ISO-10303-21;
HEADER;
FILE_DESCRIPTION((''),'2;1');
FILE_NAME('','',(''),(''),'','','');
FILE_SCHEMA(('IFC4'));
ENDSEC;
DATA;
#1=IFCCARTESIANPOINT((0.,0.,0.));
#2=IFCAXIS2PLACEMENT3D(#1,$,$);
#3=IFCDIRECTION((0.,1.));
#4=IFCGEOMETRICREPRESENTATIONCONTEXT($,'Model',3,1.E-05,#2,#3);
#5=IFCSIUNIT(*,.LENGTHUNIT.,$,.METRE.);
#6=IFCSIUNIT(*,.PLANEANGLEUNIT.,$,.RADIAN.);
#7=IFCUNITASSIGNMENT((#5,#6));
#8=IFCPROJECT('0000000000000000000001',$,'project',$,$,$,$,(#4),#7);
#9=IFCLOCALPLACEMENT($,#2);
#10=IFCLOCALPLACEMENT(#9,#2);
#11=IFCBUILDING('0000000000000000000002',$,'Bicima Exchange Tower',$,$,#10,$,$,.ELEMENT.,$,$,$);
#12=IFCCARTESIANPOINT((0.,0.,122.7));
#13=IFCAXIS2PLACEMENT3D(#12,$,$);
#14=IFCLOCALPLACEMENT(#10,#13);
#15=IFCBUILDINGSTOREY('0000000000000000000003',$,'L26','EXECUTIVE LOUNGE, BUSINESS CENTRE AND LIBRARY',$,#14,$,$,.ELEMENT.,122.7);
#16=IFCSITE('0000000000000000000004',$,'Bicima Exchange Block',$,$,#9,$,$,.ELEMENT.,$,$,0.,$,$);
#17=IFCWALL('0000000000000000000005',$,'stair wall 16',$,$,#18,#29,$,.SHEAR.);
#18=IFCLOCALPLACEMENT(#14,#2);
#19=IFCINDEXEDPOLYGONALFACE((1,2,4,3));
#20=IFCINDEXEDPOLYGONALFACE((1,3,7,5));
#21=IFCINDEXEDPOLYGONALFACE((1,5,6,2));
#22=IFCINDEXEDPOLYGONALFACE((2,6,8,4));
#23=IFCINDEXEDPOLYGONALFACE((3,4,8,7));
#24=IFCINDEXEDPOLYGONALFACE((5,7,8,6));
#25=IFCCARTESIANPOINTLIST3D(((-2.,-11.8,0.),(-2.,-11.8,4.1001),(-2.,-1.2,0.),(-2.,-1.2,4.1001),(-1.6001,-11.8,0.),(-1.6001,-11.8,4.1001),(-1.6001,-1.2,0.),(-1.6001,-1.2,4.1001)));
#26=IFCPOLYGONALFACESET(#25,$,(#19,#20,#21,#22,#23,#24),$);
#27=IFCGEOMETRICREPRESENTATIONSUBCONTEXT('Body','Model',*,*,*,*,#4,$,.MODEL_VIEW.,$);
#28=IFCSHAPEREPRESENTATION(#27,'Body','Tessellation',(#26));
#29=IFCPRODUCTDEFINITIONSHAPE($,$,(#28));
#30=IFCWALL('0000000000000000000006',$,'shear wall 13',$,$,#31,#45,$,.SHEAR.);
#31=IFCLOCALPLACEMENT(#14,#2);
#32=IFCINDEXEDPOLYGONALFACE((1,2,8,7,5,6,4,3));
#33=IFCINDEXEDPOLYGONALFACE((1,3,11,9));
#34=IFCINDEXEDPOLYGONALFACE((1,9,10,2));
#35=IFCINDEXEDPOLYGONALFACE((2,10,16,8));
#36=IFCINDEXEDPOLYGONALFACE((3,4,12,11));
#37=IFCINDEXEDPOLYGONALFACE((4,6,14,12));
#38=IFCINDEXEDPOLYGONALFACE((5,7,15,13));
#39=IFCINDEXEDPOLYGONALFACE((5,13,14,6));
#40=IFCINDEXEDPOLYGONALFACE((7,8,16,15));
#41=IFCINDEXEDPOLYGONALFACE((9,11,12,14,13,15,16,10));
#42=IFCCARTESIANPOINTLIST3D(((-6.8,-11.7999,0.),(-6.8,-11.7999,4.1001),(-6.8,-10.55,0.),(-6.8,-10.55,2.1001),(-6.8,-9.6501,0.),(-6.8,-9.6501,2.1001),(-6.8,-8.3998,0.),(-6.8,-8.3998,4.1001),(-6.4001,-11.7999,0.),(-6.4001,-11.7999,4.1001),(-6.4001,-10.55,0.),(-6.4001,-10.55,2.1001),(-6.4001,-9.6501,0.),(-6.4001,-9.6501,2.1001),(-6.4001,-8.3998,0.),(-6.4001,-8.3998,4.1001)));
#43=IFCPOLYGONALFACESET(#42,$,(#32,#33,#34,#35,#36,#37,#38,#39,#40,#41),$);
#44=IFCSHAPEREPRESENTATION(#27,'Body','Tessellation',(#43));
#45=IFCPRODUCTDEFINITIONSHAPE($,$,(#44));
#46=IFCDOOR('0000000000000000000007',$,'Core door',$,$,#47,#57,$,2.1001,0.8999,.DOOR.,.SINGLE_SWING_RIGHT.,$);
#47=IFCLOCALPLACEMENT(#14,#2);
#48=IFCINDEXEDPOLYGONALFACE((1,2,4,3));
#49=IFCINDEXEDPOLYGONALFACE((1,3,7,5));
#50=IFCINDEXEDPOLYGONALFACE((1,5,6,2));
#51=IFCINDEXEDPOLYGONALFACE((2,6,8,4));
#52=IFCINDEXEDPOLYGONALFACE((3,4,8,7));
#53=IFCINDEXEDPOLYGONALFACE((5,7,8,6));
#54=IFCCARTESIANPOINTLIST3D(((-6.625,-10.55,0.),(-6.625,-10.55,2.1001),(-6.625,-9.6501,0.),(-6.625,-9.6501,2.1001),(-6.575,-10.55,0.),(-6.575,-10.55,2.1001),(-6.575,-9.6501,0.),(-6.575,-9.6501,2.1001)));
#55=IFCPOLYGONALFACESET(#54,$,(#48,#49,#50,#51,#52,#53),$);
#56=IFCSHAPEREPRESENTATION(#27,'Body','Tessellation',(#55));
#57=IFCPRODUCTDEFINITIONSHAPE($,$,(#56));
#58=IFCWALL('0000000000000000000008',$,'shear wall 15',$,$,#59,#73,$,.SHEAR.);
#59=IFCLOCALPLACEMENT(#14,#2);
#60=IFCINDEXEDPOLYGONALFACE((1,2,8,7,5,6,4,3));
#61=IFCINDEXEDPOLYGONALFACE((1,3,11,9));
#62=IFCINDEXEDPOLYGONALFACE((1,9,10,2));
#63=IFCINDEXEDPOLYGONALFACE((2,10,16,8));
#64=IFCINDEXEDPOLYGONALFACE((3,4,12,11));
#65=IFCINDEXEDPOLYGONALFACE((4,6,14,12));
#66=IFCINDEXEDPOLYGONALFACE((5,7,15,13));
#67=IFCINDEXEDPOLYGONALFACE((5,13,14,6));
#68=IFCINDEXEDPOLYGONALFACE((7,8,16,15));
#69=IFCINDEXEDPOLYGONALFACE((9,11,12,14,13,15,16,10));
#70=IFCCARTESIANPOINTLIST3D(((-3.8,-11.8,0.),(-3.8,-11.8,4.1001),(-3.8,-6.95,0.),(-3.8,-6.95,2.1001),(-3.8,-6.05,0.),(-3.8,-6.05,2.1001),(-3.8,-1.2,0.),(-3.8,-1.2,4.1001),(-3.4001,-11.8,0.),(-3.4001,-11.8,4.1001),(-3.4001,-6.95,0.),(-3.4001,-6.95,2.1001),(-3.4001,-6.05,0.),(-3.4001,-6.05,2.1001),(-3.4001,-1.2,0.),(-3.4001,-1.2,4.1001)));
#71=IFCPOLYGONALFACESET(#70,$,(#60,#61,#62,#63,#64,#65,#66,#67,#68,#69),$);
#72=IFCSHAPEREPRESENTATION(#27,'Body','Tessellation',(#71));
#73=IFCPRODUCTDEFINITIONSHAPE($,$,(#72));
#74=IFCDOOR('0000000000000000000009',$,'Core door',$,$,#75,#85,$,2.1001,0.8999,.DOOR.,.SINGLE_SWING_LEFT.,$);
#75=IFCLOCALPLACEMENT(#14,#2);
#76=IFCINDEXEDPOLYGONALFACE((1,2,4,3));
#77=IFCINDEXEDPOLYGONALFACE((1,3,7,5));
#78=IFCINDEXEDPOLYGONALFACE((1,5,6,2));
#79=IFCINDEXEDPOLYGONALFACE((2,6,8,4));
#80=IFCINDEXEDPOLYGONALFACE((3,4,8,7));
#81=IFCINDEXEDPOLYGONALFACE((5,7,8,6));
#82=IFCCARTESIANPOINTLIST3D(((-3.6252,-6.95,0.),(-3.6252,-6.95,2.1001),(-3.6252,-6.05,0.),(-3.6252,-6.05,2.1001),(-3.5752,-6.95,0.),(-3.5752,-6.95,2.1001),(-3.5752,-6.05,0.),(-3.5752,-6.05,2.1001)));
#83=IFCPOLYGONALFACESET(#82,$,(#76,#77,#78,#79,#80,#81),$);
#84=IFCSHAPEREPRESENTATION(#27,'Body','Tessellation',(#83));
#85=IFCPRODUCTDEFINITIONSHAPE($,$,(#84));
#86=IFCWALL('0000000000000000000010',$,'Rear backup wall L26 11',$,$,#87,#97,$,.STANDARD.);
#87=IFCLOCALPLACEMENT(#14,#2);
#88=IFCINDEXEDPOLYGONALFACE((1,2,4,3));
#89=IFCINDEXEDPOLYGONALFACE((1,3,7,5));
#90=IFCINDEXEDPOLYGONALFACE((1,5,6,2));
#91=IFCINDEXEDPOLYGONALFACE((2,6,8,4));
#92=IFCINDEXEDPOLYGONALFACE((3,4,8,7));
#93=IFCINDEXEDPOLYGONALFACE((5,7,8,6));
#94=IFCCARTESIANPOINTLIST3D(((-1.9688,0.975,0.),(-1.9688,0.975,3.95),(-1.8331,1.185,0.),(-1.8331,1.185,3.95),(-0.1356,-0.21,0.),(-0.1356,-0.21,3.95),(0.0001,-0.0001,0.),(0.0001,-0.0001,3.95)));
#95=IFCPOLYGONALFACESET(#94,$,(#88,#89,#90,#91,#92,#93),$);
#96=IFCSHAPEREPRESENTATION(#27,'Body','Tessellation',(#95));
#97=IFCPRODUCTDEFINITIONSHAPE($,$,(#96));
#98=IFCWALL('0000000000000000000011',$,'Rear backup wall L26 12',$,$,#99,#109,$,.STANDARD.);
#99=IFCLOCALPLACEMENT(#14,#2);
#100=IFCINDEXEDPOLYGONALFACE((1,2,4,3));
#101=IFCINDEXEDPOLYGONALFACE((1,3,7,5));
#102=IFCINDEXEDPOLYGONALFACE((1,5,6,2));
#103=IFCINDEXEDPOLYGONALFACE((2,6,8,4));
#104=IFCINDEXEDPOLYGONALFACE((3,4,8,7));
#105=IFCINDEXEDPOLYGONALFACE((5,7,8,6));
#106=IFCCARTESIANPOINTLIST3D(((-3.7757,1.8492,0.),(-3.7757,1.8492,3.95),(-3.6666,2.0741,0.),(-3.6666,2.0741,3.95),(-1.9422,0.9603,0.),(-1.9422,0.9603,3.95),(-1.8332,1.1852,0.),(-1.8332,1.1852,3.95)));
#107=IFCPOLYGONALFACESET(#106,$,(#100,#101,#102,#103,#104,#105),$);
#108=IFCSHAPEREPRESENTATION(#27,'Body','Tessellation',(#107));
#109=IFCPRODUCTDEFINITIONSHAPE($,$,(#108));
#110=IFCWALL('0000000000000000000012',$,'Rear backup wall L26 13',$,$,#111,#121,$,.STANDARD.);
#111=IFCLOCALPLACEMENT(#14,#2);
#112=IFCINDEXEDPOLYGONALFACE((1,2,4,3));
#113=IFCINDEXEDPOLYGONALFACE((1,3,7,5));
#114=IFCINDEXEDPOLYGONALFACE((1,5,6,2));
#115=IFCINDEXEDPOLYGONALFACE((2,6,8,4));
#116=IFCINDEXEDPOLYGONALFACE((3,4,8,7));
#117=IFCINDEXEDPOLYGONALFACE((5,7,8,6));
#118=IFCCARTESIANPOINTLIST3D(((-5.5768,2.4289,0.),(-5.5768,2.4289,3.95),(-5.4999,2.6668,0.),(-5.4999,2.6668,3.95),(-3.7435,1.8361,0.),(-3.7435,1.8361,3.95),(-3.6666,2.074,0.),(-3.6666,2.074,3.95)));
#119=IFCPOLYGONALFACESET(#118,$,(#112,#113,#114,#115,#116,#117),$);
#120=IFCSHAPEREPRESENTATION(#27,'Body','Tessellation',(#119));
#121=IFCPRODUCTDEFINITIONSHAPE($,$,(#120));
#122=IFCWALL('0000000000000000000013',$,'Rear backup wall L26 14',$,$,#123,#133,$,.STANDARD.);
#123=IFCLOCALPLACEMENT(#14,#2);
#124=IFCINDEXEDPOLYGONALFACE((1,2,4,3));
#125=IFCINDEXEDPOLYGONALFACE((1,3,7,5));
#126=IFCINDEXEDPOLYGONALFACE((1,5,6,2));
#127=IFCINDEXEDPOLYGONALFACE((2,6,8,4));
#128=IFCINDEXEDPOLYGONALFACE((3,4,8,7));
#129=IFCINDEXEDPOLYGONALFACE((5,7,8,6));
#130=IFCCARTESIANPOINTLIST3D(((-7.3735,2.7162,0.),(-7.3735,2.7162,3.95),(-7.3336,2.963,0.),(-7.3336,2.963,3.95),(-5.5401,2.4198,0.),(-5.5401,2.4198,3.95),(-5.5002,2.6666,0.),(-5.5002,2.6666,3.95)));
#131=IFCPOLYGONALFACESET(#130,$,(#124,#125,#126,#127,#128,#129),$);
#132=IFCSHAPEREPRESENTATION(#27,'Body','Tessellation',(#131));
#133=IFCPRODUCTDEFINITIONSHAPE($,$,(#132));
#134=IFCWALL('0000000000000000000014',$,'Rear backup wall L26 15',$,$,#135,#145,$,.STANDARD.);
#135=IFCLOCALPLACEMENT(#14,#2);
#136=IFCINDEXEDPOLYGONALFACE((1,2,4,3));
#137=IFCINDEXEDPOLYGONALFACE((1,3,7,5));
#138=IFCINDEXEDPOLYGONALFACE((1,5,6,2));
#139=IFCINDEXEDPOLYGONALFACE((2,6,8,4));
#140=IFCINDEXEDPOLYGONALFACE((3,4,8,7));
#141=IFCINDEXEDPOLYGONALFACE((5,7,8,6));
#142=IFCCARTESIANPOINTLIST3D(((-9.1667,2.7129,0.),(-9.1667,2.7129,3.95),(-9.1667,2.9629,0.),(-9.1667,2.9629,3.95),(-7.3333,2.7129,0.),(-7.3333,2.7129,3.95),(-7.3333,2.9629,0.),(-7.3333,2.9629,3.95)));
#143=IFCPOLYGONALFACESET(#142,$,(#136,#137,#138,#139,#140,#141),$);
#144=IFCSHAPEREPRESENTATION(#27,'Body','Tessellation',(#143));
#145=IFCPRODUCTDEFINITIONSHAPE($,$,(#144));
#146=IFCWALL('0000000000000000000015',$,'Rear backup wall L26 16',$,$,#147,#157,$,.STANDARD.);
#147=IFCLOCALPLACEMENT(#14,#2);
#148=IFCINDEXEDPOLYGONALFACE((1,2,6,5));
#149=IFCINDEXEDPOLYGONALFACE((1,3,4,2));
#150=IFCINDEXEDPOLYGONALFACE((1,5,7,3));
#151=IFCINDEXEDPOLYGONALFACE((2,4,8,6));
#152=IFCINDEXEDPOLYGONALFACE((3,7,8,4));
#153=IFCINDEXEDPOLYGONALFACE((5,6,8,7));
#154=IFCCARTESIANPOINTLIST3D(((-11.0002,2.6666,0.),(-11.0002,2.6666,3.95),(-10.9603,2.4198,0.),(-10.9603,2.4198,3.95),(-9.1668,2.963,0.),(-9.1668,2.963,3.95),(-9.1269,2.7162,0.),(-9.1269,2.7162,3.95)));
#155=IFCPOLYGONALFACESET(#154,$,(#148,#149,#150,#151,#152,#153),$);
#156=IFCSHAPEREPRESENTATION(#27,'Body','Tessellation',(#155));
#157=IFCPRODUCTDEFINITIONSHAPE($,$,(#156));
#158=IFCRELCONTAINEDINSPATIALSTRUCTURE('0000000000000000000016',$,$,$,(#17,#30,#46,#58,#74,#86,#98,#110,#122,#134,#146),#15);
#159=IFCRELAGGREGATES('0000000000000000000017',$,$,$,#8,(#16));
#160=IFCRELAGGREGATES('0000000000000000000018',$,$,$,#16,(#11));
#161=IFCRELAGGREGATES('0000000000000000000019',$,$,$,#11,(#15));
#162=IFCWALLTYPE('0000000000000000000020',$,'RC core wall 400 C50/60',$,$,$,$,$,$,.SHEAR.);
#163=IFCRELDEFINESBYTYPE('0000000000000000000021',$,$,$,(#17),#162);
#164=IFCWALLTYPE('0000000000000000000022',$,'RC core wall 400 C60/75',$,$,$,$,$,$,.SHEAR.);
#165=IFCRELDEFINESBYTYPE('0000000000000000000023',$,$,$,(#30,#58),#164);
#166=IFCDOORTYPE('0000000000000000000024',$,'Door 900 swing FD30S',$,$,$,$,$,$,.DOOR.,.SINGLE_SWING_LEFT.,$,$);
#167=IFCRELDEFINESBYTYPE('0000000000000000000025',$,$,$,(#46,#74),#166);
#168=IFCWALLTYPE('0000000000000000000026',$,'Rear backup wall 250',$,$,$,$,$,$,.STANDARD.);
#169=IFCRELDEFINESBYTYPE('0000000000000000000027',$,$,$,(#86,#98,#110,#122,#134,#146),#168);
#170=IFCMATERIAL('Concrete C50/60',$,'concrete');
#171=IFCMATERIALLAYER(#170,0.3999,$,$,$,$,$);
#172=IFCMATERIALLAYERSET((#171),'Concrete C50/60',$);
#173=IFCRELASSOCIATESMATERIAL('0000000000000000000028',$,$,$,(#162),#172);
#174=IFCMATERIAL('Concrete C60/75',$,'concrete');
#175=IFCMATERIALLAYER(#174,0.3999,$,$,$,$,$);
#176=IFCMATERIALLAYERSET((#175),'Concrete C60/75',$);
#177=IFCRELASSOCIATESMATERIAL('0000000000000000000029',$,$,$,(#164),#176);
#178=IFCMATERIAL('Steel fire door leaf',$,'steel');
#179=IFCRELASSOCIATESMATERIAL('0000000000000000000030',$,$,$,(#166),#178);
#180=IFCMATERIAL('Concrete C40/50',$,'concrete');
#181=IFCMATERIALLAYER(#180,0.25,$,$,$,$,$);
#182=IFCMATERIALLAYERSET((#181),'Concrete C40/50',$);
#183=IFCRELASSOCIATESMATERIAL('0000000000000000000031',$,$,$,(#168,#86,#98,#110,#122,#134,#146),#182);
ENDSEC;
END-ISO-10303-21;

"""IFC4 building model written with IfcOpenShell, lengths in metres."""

from ifc_helpers import new_model, si_unit, direction, frame, frame_2d, origin, place, context, subcontext, project, spatial, rectangle, extrude, material, layer, layer_set, layer_usage, type_object, element, fill, save


model = new_model("IFC4")

# Units and contexts
model_context = context("Model", 3, precision=1e-05, world=origin(), true_north=direction((0.0, 1.0)))
body_context = subcontext(model_context, "Body", "Model", "MODEL_VIEW")
ifc_project = project(units=[si_unit("LENGTHUNIT", "METRE"), si_unit("PLANEANGLEUNIT", "RADIAN")], contexts=[model_context])

# Site, building, storey
site_placement = place(None, origin())
site = spatial("IfcSite", under=ifc_project, at=site_placement, Name="Bicima Exchange Block", CompositionType="ELEMENT", RefElevation=0.0)
building_placement = place(site_placement, origin())
building = spatial("IfcBuilding", under=site, at=building_placement, Name="Bicima Exchange Tower", CompositionType="ELEMENT")
storey_placement = place(building_placement, frame((0.0, 0.0, 122.7)))
storey = spatial("IfcBuildingStorey", under=building, at=storey_placement, Name="L26", Description="EXECUTIVE LOUNGE, BUSINESS CENTRE AND LIBRARY", CompositionType="ELEMENT", Elevation=122.7)

# Shared definitions
ifc_material_1 = material(Name="Concrete C40/50", Category="concrete")

# Shared definitions
ifc_material_2 = material(Name="Concrete C50/60", Category="concrete")
ifc_layer_1 = layer(ifc_material_2, 0.3999)
ifc_layer_set_1 = layer_set([ifc_layer_1], Name="Concrete C50/60")
wall_type_1 = type_object("IfcWallType", Name="RC core wall 400 C50/60", PredefinedType="SHEAR", material=ifc_layer_set_1)
ifc_material_3 = material(Name="Steel fire door leaf", Category="steel")

# Wall
wall_1_placement = place(storey_placement, frame((-1.8, -11.8, 0.0), z_axis=(0.0, 0.0, 1.0), x_axis=(0.0, 1.0, 0.0)))
element("IfcWall", 1, at=wall_1_placement, inside=storey, type_object=wall_type_1, Name="stair wall 16", PredefinedType="SHEAR", context=body_context, shape_type="SweptSolid", body=[
    extrude(rectangle(XDim=10.6001, YDim=0.3999, at=frame_2d((5.3, 0.0))), origin(), (0.0, 0.0, 1.0), 4.1001),
])

# Walls, openings, doors
ifc_material_4 = material(Name="Concrete C60/75", Category="concrete")
ifc_layer_2 = layer(ifc_material_4, 0.3999)
ifc_layer_set_2 = layer_set([ifc_layer_2], Name="Concrete C60/75")
wall_type_2 = type_object("IfcWallType", Name="RC core wall 400 C60/75", PredefinedType="SHEAR", material=ifc_layer_set_2)
wall_2_placement = place(storey_placement, frame((-6.6001, -11.8, 0.0), z_axis=(0.0, 0.0, 1.0), x_axis=(0.0, 1.0, 0.0)))
wall_2 = element("IfcWall", 2, at=wall_2_placement, inside=storey, type_object=wall_type_2, Name="shear wall 13", PredefinedType="SHEAR", context=body_context, shape_type="SweptSolid", body=[
    extrude(rectangle(XDim=3.4001, YDim=0.3999, at=frame_2d((1.7002, 0.0))), origin(), (0.0, 0.0, 1.0), 4.1001),
])
opening_1_placement = place(wall_2_placement, frame((1.25, 0.0, 0.0)))
opening_1 = element("IfcOpeningElement", 3, at=opening_1_placement, cuts=wall_2, PredefinedType="OPENING", context=body_context, shape_type="SweptSolid", body=[
    extrude(rectangle(XDim=0.8999, YDim=2.1001, at=frame_2d((0.45, 1.05))), frame((0.0, 0.2119, 0.0), z_axis=(0.0, -1.0, 0.0), x_axis=(1.0, 0.0, 0.0)), (0.0, 0.0, 1.0), 0.4238),
])
door_type_1 = type_object("IfcDoorType", Name="Door 900 swing FD30S", OperationType="SINGLE_SWING_LEFT", PredefinedType="DOOR", material=ifc_material_3)
door_1_placement = place(opening_1_placement, origin())
door_1 = element("IfcDoor", 4, at=door_1_placement, inside=storey, type_object=door_type_1, Name="Core door", OperationType="SINGLE_SWING_RIGHT", OverallHeight=2.1001, OverallWidth=0.8999, PredefinedType="DOOR", context=body_context, shape_type="SweptSolid", body=[
    extrude(rectangle(XDim=0.8999, YDim=2.1001, at=frame_2d((0.45, 1.05))), frame((0.0, 0.0249, 0.0), z_axis=(0.0, -1.0, 0.0), x_axis=(1.0, 0.0, 0.0)), (0.0, 0.0, 1.0), 0.05),
])
fill(opening_1, door_1)
wall_3_placement = place(storey_placement, frame((-3.6001, -11.8, 0.0), z_axis=(0.0, 0.0, 1.0), x_axis=(0.0, 1.0, 0.0)))
wall_3 = element("IfcWall", 5, at=wall_3_placement, inside=storey, type_object=wall_type_2, Name="shear wall 15", PredefinedType="SHEAR", context=body_context, shape_type="SweptSolid", body=[
    extrude(rectangle(XDim=10.6001, YDim=0.3999, at=frame_2d((5.3, 0.0))), origin(), (0.0, 0.0, 1.0), 4.1001),
])
opening_2_placement = place(wall_3_placement, frame((4.8501, 0.0, 0.0)))
opening_2 = element("IfcOpeningElement", 6, at=opening_2_placement, cuts=wall_3, PredefinedType="OPENING", context=body_context, shape_type="SweptSolid", body=[
    extrude(rectangle(XDim=0.8999, YDim=2.1001, at=frame_2d((0.45, 1.05))), frame((0.0, 0.2119, 0.0), z_axis=(0.0, -1.0, 0.0), x_axis=(1.0, 0.0, 0.0)), (0.0, 0.0, 1.0), 0.4238),
])
door_2_placement = place(opening_2_placement, frame((0.8999, 0.0, 0.0), z_axis=(0.0, 0.0, 1.0), x_axis=(-1.0, 0.0, 0.0)))
door_2 = element("IfcDoor", 7, at=door_2_placement, inside=storey, type_object=door_type_1, Name="Core door", OperationType="SINGLE_SWING_LEFT", OverallHeight=2.1001, OverallWidth=0.8999, PredefinedType="DOOR", context=body_context, shape_type="SweptSolid", body=[
    extrude(rectangle(XDim=0.8999, YDim=2.1001, at=frame_2d((0.45, 1.05))), frame((0.0, 0.0249, 0.0), z_axis=(0.0, -1.0, 0.0), x_axis=(1.0, 0.0, 0.0)), (0.0, 0.0, 1.0), 0.05),
])
fill(opening_2, door_2)

# Walls
ifc_layer_3 = layer(ifc_material_1, 0.25)
ifc_layer_set_3 = layer_set([ifc_layer_3], Name="Concrete C40/50")
ifc_layer_usage = layer_usage(ifc_layer_set_3, "AXIS2", "POSITIVE", -0.125)
wall_type_3 = type_object("IfcWallType", Name="Rear backup wall 250", PredefinedType="STANDARD", material=ifc_layer_set_3)
wall_4_placement = place(storey_placement, frame((-0.0679, -0.105, 0.0), z_axis=(0.0, 0.0, 1.0), x_axis=(-0.839813, 0.542876, 0.0)))
element("IfcWall", 8, at=wall_4_placement, inside=storey, type_object=wall_type_3, material=ifc_layer_usage, Name="Rear backup wall L26 11", PredefinedType="STANDARD", context=body_context, shape_type="SweptSolid", body=[
    extrude(rectangle(XDim=2.1829, YDim=0.25, at=frame_2d((1.0913, 0.0))), origin(), (0.0, 0.0, 1.0), 3.95),
])
wall_5_placement = place(storey_placement, frame((-1.8877, 1.0728, 0.0), z_axis=(0.0, 0.0, 1.0), x_axis=(-0.899824, 0.436253, 0.0)))
element("IfcWall", 9, at=wall_5_placement, inside=storey, type_object=wall_type_3, material=ifc_layer_usage, Name="Rear backup wall L26 12", PredefinedType="STANDARD", context=body_context, shape_type="SweptSolid", body=[
    extrude(rectangle(XDim=2.0376, YDim=0.25, at=frame_2d((1.0188, 0.0))), origin(), (0.0, 0.0, 1.0), 3.95),
])
wall_6_placement = place(storey_placement, frame((-3.7051, 1.9551, 0.0), z_axis=(0.0, 0.0, 1.0), x_axis=(-0.951496, 0.307662, 0.0)))
element("IfcWall", 10, at=wall_6_placement, inside=storey, type_object=wall_type_3, material=ifc_layer_usage, Name="Rear backup wall L26 13", PredefinedType="STANDARD", context=body_context, shape_type="SweptSolid", body=[
    extrude(rectangle(XDim=1.9268, YDim=0.25, at=frame_2d((0.9634, 0.0))), origin(), (0.0, 0.0, 1.0), 3.95),
])
wall_7_placement = place(storey_placement, frame((-5.52, 2.5432, 0.0), z_axis=(0.0, 0.0, 1.0), x_axis=(-0.987182, 0.1596, 0.0)))
element("IfcWall", 11, at=wall_7_placement, inside=storey, type_object=wall_type_3, material=ifc_layer_usage, Name="Rear backup wall L26 14", PredefinedType="STANDARD", context=body_context, shape_type="SweptSolid", body=[
    extrude(rectangle(XDim=1.8572, YDim=0.25, at=frame_2d((0.9287, 0.0))), origin(), (0.0, 0.0, 1.0), 3.95),
])
wall_8_placement = place(storey_placement, frame((-7.3333, 2.8379, 0.0), z_axis=(0.0, 0.0, 1.0), x_axis=(-1.0, 0.0, 0.0)))
element("IfcWall", 12, at=wall_8_placement, inside=storey, type_object=wall_type_3, material=ifc_layer_usage, Name="Rear backup wall L26 15", PredefinedType="STANDARD", context=body_context, shape_type="SweptSolid", body=[
    extrude(rectangle(XDim=1.8335, YDim=0.25, at=frame_2d((0.9167, 0.0))), origin(), (0.0, 0.0, 1.0), 3.95),
])
wall_9_placement = place(storey_placement, frame((-9.1467, 2.8396, 0.0), z_axis=(0.0, 0.0, 1.0), x_axis=(-0.987182, -0.1596, 0.0)))
element("IfcWall", 13, at=wall_9_placement, inside=storey, type_object=wall_type_3, material=ifc_layer_usage, Name="Rear backup wall L26 16", PredefinedType="STANDARD", context=body_context, shape_type="SweptSolid", body=[
    extrude(rectangle(XDim=1.8572, YDim=0.25, at=frame_2d((0.9287, 0.0))), origin(), (0.0, 0.0, 1.0), 3.95),
])

save(model, "model.ifc")
